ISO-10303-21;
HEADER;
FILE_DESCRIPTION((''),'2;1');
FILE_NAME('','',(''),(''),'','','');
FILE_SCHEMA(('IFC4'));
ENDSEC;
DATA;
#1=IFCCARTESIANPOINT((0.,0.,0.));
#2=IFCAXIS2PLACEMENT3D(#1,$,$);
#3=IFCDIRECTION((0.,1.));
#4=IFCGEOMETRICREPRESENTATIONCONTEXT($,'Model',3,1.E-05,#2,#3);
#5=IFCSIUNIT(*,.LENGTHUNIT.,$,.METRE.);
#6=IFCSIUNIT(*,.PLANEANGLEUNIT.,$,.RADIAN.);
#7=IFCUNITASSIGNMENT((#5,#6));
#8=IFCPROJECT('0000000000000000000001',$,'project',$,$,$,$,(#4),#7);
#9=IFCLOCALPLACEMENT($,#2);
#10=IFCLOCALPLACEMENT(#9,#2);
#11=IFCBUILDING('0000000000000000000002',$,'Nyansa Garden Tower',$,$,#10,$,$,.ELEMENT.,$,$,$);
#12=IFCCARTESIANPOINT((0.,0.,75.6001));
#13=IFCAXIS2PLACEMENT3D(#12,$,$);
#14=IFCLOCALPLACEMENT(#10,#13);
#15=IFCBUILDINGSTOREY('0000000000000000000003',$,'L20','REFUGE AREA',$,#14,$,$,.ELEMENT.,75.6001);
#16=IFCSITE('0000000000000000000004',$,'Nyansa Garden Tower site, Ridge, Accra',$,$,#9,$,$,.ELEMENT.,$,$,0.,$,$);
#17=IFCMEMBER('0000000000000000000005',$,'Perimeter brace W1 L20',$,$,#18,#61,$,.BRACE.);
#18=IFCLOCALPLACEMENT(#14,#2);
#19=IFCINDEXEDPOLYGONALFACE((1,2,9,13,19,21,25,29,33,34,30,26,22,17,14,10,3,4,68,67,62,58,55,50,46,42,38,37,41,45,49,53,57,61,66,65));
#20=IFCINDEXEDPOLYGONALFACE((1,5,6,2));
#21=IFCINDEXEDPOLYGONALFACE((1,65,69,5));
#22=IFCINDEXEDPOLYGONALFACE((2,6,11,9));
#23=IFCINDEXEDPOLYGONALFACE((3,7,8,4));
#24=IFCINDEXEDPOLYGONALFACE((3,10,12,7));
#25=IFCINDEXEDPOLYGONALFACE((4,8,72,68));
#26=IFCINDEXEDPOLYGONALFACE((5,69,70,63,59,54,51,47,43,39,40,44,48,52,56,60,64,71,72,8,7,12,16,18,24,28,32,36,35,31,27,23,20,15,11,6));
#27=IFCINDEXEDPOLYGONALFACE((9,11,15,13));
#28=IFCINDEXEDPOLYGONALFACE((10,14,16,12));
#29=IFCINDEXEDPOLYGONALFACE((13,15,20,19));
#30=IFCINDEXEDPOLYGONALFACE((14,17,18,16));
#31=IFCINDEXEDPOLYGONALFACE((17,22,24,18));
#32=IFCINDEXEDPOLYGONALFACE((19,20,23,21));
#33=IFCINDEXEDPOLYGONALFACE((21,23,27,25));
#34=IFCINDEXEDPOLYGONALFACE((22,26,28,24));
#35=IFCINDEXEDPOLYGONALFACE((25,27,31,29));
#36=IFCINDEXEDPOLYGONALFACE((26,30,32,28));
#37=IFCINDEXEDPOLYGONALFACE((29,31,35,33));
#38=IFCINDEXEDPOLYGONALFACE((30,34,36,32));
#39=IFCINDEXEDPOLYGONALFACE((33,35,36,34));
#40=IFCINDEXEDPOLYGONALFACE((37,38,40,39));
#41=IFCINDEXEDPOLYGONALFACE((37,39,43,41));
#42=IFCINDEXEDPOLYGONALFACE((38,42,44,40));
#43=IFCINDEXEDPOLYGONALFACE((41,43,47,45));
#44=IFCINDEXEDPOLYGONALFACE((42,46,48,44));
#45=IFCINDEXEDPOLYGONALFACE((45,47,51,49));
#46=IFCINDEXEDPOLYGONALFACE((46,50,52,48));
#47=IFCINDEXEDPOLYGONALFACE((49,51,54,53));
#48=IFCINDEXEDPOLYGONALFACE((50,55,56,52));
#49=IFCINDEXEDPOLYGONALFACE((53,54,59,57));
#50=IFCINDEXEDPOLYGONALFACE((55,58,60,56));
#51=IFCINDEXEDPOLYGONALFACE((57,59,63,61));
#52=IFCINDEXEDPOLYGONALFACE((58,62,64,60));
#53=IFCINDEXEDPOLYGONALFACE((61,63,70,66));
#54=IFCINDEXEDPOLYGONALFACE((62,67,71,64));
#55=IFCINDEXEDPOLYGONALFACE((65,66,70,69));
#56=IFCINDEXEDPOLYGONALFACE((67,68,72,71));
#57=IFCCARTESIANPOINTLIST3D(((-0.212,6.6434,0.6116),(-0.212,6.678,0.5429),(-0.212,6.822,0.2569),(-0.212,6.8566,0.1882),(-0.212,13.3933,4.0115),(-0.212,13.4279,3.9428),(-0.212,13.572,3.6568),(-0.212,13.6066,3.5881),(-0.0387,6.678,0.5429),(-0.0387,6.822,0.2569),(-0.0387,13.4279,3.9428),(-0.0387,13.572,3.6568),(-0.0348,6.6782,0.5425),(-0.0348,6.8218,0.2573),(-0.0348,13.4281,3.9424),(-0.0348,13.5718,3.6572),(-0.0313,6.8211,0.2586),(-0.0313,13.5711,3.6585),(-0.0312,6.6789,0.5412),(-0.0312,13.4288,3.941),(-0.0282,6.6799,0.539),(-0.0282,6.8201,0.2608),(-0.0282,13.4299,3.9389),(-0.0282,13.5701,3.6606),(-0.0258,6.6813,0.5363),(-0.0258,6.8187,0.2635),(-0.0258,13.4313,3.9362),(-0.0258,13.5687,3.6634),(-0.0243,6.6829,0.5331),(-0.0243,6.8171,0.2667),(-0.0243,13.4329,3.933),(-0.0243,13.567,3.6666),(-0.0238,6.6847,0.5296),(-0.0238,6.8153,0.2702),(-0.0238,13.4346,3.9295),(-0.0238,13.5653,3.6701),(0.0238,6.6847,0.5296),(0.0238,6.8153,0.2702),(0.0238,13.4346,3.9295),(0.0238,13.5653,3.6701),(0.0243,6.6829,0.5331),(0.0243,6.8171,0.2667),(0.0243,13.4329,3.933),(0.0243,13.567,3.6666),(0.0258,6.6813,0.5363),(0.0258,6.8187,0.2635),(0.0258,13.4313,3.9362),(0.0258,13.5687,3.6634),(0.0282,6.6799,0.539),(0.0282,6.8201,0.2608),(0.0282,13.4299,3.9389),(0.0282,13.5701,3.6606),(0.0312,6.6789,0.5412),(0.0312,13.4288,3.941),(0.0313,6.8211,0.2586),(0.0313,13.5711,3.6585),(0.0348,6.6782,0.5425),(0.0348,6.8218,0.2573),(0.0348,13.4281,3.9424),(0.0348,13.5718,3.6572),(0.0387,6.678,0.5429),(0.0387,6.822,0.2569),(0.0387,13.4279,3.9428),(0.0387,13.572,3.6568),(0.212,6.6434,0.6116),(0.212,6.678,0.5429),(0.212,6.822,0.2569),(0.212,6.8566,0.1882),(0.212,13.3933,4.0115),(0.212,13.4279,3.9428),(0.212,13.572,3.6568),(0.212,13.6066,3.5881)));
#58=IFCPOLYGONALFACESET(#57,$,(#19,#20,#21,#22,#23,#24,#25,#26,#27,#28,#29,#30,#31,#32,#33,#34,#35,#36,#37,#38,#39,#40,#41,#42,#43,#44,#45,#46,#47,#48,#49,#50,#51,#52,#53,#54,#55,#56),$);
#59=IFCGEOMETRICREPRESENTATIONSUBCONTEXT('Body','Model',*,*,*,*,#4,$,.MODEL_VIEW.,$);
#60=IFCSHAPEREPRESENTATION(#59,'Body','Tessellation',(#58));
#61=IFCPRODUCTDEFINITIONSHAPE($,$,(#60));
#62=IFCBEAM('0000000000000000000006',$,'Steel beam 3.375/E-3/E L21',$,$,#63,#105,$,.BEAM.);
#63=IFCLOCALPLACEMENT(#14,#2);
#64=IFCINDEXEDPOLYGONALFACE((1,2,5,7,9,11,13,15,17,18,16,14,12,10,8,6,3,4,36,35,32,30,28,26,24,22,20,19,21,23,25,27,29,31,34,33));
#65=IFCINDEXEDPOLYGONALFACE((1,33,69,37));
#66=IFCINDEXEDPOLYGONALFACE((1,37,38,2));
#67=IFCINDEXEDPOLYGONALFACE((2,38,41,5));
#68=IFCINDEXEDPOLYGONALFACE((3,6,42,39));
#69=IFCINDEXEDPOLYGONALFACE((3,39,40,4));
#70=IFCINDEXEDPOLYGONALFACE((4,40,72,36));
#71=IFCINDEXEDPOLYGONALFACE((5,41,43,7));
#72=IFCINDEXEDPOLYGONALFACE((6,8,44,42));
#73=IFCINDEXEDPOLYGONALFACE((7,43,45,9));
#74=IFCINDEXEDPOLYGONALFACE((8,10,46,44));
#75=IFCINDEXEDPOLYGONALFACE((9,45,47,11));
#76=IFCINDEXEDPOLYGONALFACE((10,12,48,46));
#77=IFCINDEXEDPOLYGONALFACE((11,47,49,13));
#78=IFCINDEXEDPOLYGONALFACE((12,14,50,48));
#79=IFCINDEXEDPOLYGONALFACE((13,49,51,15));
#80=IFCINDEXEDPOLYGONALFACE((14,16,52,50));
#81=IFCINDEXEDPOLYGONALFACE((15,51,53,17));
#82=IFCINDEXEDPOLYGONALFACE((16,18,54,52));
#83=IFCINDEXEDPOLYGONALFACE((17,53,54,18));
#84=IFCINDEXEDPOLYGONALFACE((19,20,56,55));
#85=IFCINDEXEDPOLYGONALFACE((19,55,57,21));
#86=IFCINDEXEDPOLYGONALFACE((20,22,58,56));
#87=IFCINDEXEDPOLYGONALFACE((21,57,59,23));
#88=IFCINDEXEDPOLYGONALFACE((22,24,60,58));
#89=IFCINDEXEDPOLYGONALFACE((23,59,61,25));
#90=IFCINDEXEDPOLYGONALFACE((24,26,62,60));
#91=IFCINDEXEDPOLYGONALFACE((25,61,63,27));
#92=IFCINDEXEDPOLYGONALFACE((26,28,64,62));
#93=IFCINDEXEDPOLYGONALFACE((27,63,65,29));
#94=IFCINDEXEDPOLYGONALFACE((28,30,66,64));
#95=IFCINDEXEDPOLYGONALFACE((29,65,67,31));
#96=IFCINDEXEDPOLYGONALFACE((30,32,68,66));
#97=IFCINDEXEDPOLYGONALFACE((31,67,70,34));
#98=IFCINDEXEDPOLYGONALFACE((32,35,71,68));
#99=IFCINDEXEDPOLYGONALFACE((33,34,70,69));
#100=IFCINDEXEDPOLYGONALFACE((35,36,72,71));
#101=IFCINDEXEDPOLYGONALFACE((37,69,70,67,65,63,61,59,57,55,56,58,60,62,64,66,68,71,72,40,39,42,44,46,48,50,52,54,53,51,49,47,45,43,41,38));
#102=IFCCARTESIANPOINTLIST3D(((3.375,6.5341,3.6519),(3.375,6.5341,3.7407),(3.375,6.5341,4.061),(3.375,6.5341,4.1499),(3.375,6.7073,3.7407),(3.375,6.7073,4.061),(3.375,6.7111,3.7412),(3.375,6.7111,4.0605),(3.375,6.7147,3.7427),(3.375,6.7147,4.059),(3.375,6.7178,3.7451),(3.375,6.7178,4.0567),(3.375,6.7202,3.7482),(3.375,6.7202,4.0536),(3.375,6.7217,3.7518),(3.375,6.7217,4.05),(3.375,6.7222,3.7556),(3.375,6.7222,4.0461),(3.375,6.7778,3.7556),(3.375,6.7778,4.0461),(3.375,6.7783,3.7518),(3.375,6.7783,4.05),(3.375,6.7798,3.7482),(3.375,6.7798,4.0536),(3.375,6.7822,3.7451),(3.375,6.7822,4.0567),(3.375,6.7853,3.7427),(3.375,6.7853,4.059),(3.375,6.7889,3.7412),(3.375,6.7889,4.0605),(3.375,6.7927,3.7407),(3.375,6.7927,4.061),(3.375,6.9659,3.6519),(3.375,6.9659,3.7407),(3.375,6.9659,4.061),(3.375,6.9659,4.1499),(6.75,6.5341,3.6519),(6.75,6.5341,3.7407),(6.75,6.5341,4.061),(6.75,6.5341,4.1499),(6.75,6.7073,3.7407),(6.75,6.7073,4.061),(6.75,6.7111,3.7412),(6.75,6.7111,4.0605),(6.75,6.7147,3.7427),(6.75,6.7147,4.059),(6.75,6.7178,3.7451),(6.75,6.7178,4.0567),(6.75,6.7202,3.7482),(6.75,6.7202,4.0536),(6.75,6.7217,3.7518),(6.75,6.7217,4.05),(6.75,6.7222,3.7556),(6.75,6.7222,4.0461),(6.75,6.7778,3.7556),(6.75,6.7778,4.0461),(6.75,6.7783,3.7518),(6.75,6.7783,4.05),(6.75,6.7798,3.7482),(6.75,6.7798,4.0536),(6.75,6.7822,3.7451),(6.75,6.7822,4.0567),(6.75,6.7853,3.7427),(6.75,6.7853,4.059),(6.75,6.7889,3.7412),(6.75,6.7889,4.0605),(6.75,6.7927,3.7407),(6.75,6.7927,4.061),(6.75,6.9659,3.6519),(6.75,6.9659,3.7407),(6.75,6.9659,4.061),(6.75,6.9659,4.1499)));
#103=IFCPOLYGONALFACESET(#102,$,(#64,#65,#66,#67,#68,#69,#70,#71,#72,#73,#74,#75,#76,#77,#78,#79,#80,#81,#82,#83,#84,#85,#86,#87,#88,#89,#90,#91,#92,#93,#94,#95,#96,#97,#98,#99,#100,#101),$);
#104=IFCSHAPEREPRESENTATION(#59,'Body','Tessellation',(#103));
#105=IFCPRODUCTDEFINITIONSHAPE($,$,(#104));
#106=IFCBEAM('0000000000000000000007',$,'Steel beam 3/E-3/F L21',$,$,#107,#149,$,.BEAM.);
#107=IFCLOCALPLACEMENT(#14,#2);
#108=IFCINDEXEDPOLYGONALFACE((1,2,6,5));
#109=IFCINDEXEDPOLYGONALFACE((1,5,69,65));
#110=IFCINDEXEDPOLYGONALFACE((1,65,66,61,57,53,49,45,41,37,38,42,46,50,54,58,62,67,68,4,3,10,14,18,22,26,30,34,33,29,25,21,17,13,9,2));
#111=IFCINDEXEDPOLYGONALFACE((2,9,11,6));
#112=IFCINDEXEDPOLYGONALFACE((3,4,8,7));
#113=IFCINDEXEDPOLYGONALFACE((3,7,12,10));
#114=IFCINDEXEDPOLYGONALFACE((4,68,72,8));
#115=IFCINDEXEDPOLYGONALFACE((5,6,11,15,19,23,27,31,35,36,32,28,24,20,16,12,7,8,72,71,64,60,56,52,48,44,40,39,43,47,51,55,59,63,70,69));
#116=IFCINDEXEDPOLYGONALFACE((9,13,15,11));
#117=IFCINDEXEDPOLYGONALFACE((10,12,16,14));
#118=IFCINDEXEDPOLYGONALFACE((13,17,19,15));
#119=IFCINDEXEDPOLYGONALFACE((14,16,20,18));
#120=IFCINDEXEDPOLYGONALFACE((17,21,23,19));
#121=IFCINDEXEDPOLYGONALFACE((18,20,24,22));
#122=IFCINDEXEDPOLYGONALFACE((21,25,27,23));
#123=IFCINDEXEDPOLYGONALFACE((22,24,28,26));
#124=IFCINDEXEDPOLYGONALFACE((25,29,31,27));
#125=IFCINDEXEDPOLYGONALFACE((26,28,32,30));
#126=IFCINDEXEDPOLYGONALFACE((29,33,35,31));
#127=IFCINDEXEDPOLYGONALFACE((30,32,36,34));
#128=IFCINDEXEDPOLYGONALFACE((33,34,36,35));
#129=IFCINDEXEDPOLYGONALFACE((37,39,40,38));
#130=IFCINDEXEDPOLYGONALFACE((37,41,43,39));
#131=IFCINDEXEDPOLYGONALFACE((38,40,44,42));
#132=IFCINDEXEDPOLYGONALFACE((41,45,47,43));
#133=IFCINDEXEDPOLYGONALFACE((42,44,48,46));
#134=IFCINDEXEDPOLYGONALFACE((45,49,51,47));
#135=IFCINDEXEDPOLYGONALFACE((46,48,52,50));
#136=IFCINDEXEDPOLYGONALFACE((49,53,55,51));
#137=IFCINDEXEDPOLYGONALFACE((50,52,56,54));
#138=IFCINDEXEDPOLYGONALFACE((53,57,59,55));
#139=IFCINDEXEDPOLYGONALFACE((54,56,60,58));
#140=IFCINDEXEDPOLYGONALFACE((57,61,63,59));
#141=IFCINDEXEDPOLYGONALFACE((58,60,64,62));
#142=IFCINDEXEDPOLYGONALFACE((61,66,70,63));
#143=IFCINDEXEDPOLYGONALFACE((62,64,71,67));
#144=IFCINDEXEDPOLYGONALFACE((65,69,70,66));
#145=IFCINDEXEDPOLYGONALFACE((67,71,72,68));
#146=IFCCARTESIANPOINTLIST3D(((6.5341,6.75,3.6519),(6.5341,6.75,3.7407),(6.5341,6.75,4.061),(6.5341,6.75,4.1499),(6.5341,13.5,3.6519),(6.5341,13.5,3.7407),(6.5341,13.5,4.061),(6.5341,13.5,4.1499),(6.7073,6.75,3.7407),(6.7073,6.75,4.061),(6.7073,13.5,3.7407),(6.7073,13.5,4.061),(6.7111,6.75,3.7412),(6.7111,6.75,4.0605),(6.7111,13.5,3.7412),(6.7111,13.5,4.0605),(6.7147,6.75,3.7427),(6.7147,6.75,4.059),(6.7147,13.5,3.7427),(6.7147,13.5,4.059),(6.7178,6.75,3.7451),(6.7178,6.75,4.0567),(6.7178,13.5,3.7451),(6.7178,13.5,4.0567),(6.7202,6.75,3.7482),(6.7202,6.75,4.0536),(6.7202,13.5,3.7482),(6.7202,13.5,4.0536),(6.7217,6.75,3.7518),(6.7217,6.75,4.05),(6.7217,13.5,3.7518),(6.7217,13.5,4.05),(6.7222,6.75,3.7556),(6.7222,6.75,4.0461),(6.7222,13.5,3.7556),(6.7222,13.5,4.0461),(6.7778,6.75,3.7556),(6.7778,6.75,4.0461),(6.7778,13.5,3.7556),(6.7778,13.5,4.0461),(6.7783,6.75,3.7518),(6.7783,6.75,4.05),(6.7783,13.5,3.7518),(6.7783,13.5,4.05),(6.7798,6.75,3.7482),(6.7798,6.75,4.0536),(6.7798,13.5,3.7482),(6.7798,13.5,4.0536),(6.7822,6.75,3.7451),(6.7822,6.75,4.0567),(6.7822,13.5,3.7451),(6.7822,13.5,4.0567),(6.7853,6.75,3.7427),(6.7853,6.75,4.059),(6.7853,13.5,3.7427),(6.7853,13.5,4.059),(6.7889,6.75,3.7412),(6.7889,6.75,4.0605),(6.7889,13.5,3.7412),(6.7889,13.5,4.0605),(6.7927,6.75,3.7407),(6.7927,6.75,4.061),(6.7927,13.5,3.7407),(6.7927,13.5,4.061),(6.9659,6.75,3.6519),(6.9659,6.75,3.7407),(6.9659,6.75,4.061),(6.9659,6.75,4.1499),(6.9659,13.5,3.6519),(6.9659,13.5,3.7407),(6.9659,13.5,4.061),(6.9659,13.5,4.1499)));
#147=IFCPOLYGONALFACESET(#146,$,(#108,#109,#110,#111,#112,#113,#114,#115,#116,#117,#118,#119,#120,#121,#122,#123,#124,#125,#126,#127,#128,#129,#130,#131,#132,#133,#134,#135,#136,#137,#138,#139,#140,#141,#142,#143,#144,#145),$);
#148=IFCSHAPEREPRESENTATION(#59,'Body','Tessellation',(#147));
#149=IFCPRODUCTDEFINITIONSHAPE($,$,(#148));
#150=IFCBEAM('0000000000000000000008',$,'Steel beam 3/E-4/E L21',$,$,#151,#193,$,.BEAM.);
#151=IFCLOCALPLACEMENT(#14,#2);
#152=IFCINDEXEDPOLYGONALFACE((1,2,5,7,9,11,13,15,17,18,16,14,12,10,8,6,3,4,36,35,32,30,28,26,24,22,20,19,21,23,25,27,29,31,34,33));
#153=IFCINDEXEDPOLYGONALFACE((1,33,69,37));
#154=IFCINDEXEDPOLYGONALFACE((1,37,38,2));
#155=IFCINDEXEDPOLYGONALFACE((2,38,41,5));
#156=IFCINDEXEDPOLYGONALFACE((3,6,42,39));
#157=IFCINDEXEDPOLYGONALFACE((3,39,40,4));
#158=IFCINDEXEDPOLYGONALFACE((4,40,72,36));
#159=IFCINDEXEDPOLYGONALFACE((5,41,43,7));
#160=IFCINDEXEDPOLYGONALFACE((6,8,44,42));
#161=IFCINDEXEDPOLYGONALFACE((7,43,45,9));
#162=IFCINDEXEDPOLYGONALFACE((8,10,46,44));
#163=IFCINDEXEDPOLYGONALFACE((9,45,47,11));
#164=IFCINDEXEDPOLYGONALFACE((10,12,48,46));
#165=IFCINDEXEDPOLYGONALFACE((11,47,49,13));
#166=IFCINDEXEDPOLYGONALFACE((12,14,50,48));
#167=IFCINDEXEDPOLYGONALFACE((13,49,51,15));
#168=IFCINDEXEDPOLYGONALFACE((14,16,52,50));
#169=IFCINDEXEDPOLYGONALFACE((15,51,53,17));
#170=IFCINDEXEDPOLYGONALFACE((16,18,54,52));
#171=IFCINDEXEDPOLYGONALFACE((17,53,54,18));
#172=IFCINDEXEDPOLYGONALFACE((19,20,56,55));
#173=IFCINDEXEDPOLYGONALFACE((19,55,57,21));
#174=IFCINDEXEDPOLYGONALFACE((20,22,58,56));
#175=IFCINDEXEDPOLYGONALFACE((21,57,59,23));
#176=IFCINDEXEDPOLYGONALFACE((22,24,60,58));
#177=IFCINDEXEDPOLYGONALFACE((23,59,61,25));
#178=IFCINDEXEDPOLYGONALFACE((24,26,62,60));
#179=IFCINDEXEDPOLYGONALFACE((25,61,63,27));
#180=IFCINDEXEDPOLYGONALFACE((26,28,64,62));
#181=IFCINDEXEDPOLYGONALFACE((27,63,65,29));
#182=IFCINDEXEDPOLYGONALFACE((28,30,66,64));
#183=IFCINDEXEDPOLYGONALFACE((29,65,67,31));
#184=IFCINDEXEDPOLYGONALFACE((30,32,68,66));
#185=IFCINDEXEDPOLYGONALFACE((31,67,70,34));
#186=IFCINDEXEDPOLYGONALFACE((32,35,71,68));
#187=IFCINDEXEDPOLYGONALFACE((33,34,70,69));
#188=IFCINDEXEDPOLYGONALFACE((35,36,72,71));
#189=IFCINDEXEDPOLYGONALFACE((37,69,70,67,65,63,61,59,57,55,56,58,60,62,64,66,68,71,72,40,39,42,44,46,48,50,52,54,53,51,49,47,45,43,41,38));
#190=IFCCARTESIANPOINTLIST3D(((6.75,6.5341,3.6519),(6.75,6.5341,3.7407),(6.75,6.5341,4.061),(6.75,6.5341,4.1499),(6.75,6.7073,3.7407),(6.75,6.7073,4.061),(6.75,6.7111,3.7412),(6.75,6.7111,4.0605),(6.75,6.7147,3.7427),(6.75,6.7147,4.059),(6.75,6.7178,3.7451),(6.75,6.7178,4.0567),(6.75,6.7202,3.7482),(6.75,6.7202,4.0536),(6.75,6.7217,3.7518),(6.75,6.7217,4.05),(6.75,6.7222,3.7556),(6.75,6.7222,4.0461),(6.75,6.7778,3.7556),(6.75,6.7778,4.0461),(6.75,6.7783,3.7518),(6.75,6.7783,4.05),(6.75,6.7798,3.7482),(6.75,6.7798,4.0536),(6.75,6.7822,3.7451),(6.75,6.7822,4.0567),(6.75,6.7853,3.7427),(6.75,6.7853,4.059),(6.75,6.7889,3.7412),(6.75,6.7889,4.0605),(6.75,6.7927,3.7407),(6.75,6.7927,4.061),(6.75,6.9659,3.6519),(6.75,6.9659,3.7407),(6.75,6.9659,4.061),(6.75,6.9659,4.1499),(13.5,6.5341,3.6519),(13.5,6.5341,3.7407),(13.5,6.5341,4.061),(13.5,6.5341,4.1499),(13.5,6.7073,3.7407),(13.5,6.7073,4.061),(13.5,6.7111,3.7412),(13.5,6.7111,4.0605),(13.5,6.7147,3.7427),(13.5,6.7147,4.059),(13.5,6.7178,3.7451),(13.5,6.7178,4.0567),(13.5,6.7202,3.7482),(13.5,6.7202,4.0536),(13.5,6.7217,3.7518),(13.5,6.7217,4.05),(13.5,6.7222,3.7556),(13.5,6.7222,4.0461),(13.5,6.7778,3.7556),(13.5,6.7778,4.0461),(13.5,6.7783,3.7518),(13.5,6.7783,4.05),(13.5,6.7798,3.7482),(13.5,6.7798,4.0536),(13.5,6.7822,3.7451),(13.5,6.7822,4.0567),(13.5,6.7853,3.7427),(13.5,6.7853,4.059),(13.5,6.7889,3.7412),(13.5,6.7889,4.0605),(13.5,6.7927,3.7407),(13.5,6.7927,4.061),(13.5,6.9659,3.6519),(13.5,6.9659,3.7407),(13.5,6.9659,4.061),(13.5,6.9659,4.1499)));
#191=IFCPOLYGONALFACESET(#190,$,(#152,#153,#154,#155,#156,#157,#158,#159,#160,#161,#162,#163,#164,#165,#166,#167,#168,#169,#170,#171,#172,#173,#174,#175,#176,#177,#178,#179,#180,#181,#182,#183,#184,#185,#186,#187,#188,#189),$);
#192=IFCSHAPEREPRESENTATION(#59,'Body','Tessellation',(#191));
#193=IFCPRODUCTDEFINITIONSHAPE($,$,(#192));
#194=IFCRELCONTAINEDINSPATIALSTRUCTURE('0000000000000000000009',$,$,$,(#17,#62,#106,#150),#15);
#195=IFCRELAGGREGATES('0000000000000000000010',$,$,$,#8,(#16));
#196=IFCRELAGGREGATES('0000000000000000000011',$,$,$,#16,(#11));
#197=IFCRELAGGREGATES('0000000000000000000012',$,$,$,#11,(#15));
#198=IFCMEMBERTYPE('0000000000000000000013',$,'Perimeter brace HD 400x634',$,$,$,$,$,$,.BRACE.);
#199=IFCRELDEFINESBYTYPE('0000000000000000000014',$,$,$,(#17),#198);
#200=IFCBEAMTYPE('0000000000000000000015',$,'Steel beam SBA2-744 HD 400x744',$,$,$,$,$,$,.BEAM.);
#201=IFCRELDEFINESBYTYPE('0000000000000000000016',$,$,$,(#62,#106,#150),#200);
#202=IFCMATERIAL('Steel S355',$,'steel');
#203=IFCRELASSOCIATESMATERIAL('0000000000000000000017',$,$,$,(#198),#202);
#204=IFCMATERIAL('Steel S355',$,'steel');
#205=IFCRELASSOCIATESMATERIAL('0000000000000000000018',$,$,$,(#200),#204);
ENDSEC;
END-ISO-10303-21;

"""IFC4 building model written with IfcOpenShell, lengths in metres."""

from ifc_helpers import new_model, si_unit, direction, frame, origin, origin_2d, place, context, subcontext, project, spatial, i_section, extrude, material, material_profile, profile_set, type_object, element, save


model = new_model("IFC4")

# Units and contexts
model_context = context("Model", 3, precision=1e-05, world=origin(), true_north=direction((0.0, 1.0)))
body_context = subcontext(model_context, "Body", "Model", "MODEL_VIEW")
ifc_project = project(units=[si_unit("LENGTHUNIT", "METRE"), si_unit("PLANEANGLEUNIT", "RADIAN")], contexts=[model_context])

# Site, building, storey
site_placement = place(None, origin())
site = spatial("IfcSite", under=ifc_project, at=site_placement, Name="Nyansa Garden Tower site, Ridge, Accra", CompositionType="ELEMENT", RefElevation=0.0)
building_placement = place(site_placement, origin())
building = spatial("IfcBuilding", under=site, at=building_placement, Name="Nyansa Garden Tower", CompositionType="ELEMENT")
storey_placement = place(building_placement, frame((0.0, 0.0, 75.6001)))
storey = spatial("IfcBuildingStorey", under=building, at=storey_placement, Name="L20", Description="REFUGE AREA", CompositionType="ELEMENT", Elevation=75.6001)

# Member
ifc_material_1 = material(Name="Steel S355", Category="steel")
ifc_material_profile_1 = material_profile(ifc_material_1, i_section(OverallWidth=0.4241, OverallDepth=0.4741, WebThickness=0.0476, FlangeThickness=0.0769, FilletRadius=0.0149, at=origin_2d()), Name="HD 400x634")
ifc_profile_set_1 = profile_set([ifc_material_profile_1], Name="Steel S355")
member_type_1 = type_object("IfcMemberType", Name="Perimeter brace HD 400x634", PredefinedType="BRACE", material=ifc_profile_set_1)
member_1_placement = place(storey_placement, frame((0.0, 6.75, 0.3999), z_axis=(0.0, 0.893105, 0.449848), x_axis=(-1.0, 0.0, 0.0)))
element("IfcMember", 1, at=member_1_placement, inside=storey, type_object=member_type_1, Name="Perimeter brace W1 L20", PredefinedType="BRACE", context=body_context, shape_type="SweptSolid", body=[
    extrude(i_section(OverallWidth=0.4241, OverallDepth=0.4741, WebThickness=0.0476, FlangeThickness=0.0769, FilletRadius=0.0149, at=origin_2d()), origin(), (0.0, 0.0, 1.0), 7.5579),
])

# Beams
ifc_material_2 = material(Name="Steel S355", Category="steel")
ifc_material_profile_2 = material_profile(ifc_material_2, i_section(OverallWidth=0.4319, OverallDepth=0.498, WebThickness=0.0557, FlangeThickness=0.0889, FilletRadius=0.0149, at=origin_2d()), Name="HD 400x744")
ifc_profile_set_2 = profile_set([ifc_material_profile_2], Name="Steel S355")
beam_type_1 = type_object("IfcBeamType", Name="Steel beam SBA2-744 HD 400x744", PredefinedType="BEAM", material=ifc_profile_set_2)
beam_1_placement = place(storey_placement, frame((3.375, 6.75, 3.9009), z_axis=(1.0, 0.0, 0.0), x_axis=(0.0, 1.0, 0.0)))
element("IfcBeam", 2, at=beam_1_placement, inside=storey, type_object=beam_type_1, Name="Steel beam 3.375/E-3/E L21", PredefinedType="BEAM", context=body_context, shape_type="SweptSolid", body=[
    extrude(i_section(OverallWidth=0.4319, OverallDepth=0.498, WebThickness=0.0557, FlangeThickness=0.0889, FilletRadius=0.0149, at=origin_2d()), origin(), (0.0, 0.0, 1.0), 3.375),
])
for number, where, z_axis, x_axis, name in (
    (3, (6.75, 6.75, 3.9009), (0.0, 1.0, 0.0), (-1.0, 0.0, 0.0), "Steel beam 3/E-3/F L21"),
    (4, (6.75, 6.75, 3.9009), (1.0, 0.0, 0.0), (0.0, 1.0, 0.0), "Steel beam 3/E-4/E L21"),
):
    element("IfcBeam", number, at=place(storey_placement, frame(where, z_axis=z_axis, x_axis=x_axis)), inside=storey, type_object=beam_type_1, Name=name, PredefinedType="BEAM", context=body_context, shape_type="SweptSolid", body=[
        extrude(i_section(OverallWidth=0.4319, OverallDepth=0.498, WebThickness=0.0557, FlangeThickness=0.0889, FilletRadius=0.0149, at=origin_2d()), origin(), (0.0, 0.0, 1.0), 6.75),
    ])

save(model, "model.ifc")
